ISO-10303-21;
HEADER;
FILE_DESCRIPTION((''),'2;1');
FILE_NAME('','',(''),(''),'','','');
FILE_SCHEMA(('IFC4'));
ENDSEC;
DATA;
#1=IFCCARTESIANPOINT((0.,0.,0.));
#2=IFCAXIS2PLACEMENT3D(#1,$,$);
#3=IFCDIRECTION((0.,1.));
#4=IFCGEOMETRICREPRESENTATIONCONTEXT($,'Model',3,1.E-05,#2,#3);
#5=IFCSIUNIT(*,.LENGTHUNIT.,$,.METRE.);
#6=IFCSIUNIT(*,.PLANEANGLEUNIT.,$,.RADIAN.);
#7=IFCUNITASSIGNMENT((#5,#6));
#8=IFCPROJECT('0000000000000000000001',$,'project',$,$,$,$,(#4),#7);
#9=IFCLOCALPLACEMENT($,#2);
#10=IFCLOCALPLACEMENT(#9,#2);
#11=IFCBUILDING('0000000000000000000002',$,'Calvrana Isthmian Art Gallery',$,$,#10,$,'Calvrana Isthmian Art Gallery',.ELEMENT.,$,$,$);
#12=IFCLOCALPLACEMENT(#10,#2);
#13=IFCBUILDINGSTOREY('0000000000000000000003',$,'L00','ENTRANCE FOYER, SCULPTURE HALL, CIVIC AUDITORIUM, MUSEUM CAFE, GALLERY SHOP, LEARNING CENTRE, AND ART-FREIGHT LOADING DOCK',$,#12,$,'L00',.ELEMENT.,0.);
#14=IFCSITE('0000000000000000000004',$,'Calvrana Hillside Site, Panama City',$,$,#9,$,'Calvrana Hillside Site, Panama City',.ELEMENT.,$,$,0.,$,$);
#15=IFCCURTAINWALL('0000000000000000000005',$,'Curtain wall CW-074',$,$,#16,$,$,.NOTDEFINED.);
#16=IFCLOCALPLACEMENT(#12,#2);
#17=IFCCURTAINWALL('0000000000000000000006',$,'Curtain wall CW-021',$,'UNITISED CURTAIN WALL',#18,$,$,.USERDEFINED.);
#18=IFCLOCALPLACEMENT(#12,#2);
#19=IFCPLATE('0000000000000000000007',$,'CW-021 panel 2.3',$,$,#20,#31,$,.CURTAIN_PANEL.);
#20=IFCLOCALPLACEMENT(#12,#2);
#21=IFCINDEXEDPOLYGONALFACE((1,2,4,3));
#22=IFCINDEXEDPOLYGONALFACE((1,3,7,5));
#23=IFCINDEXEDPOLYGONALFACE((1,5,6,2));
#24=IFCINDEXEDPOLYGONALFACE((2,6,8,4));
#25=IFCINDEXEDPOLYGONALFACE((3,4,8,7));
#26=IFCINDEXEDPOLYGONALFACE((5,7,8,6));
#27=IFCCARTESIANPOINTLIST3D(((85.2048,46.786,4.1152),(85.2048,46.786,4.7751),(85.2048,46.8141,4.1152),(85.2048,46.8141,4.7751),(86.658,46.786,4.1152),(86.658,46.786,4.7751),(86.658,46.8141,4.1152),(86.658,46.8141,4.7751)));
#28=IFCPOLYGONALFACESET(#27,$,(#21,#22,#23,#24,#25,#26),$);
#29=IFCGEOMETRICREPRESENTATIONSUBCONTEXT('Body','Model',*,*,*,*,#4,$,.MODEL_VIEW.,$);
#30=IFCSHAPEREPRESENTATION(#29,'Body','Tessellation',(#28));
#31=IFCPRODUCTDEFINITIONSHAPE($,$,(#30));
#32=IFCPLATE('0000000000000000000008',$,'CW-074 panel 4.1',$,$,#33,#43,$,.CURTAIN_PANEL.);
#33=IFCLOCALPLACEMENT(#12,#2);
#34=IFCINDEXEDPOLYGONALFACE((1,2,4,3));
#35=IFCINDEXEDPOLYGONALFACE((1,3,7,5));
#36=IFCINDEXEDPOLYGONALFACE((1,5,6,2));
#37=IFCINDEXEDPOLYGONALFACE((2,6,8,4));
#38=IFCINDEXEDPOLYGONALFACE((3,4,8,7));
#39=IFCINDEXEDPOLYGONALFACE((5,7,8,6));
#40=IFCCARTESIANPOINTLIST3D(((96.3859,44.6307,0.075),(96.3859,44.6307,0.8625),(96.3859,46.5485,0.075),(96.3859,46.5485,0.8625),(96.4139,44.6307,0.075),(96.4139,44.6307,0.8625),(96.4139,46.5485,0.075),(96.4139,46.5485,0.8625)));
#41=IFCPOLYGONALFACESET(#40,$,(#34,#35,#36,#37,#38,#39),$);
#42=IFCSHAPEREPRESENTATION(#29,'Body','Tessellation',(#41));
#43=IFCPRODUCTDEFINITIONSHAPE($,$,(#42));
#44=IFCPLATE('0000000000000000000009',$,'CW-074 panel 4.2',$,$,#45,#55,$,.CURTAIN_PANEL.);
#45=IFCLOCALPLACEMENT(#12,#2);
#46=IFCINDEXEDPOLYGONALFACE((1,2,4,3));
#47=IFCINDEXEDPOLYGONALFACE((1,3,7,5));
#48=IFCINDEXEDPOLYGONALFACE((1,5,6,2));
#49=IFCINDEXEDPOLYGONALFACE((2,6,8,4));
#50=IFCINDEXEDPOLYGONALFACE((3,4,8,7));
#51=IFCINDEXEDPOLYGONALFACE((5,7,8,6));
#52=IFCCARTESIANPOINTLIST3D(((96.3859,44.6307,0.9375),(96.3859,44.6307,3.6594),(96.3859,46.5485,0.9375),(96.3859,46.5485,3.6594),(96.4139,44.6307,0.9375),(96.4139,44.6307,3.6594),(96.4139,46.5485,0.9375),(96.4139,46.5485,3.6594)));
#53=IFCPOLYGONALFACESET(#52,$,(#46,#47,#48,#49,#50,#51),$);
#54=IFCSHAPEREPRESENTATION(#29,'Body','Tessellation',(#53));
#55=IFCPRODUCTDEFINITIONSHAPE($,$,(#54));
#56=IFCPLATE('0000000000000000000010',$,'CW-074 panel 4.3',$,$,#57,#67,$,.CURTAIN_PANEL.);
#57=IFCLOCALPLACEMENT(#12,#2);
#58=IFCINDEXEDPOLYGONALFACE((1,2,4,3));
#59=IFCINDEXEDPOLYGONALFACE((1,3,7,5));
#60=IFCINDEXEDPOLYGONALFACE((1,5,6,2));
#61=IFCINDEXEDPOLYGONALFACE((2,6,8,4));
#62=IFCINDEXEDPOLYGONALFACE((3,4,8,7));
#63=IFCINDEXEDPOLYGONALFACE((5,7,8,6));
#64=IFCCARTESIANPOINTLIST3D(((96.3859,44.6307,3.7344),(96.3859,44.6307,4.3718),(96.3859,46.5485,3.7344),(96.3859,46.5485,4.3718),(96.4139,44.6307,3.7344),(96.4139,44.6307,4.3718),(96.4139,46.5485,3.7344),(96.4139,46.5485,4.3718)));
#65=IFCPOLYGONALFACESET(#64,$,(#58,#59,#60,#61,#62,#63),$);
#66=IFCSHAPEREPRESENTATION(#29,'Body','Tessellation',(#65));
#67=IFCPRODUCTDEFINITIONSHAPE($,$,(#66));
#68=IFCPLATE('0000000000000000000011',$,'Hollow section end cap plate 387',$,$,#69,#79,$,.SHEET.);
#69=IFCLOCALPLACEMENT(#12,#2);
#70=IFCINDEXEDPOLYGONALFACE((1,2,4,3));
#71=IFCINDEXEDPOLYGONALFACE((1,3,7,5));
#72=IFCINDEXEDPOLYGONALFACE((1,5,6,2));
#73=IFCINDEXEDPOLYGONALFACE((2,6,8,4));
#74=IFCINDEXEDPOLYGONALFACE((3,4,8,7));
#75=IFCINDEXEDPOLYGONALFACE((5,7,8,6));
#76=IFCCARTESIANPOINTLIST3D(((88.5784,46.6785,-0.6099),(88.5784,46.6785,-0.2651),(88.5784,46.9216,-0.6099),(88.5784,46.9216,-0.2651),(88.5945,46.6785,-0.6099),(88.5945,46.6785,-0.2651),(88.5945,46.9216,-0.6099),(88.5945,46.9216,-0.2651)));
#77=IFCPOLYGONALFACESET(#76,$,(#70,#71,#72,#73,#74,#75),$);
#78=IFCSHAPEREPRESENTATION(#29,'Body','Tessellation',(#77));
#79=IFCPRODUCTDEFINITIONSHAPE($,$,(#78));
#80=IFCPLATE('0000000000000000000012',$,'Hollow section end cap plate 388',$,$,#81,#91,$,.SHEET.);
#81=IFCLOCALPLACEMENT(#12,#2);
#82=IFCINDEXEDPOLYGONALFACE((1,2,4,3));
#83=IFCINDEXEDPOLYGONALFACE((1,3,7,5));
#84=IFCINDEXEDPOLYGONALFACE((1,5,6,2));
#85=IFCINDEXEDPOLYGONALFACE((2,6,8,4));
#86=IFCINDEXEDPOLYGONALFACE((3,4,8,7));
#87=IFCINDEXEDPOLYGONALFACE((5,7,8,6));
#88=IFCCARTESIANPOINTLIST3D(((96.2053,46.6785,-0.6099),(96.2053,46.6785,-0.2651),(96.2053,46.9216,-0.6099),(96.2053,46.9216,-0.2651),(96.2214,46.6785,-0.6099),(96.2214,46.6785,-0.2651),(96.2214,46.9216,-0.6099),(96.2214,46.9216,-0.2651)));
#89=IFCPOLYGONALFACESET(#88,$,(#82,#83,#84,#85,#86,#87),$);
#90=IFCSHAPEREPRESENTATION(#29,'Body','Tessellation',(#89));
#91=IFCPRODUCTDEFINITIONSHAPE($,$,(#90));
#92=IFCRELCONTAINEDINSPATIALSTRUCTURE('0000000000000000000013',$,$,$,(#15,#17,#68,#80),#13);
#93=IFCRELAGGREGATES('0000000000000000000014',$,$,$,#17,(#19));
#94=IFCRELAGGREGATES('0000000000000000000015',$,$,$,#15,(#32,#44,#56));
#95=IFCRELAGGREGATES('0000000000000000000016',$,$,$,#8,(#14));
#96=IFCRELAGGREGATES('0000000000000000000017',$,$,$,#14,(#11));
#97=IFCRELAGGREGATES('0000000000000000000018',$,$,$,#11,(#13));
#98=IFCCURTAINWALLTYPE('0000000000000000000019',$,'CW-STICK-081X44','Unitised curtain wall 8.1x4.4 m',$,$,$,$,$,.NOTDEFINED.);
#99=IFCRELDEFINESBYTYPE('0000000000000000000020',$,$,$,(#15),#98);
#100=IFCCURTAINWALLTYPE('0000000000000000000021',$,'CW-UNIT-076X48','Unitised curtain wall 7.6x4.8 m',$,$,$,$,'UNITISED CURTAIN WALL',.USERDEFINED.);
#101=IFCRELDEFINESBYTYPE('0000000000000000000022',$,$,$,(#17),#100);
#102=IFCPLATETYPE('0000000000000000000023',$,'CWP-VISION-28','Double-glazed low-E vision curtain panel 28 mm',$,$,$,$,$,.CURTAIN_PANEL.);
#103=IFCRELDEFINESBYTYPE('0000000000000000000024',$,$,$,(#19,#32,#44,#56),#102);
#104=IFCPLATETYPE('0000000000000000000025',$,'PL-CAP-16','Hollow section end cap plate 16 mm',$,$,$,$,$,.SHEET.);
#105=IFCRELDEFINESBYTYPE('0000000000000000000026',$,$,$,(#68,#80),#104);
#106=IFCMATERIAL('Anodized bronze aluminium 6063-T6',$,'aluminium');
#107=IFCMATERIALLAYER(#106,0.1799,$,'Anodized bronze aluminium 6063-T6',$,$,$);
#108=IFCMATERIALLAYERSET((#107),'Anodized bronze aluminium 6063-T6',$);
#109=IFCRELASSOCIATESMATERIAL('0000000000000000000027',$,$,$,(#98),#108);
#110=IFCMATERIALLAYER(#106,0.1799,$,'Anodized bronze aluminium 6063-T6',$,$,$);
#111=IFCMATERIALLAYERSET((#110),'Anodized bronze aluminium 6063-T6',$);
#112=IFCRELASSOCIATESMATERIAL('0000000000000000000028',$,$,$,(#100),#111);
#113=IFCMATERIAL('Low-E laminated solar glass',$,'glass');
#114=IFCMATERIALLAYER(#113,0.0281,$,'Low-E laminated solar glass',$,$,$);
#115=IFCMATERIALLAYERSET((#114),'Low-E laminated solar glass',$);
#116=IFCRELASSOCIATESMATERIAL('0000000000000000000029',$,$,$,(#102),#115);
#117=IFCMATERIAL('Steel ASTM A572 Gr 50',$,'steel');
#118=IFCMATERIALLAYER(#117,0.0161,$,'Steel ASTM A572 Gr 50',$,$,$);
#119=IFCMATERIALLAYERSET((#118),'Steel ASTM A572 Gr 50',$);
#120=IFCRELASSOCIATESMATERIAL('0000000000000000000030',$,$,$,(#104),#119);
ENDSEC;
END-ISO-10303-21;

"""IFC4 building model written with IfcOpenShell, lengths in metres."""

from ifc_helpers import new_model, si_unit, direction, frame, origin, origin_2d, place, context, subcontext, project, spatial, rectangle, extrude, material, layer, layer_set, type_object, element, aggregate, save


model = new_model("IFC4")

# Units and contexts
model_context = context("Model", 3, precision=1e-05, world=origin(), true_north=direction((0.0, 1.0)))
body_context = subcontext(model_context, "Body", "Model", "MODEL_VIEW")
ifc_project = project(units=[si_unit("LENGTHUNIT", "METRE"), si_unit("PLANEANGLEUNIT", "RADIAN")], contexts=[model_context])

# Site, building, storey
site_placement = place(None, origin())
site = spatial("IfcSite", under=ifc_project, at=site_placement, Name="Calvrana Hillside Site, Panama City", LongName="Calvrana Hillside Site, Panama City", CompositionType="ELEMENT", RefElevation=0.0)
building_placement = place(site_placement, origin())
building = spatial("IfcBuilding", under=site, at=building_placement, Name="Calvrana Isthmian Art Gallery", LongName="Calvrana Isthmian Art Gallery", CompositionType="ELEMENT")
storey_placement = place(building_placement, origin())
storey = spatial("IfcBuildingStorey", under=building, at=storey_placement, Name="L00", Description="ENTRANCE FOYER, SCULPTURE HALL, CIVIC AUDITORIUM, MUSEUM CAFE, GALLERY SHOP, LEARNING CENTRE, AND ART-FREIGHT LOADING DOCK", LongName="L00", CompositionType="ELEMENT", Elevation=0.0)

# Curtain walls
ifc_material_1 = material(Name="Anodized bronze aluminium 6063-T6", Category="aluminium")
ifc_layer_1 = layer(ifc_material_1, 0.1799, Name="Anodized bronze aluminium 6063-T6")
ifc_layer_set_1 = layer_set([ifc_layer_1], Name="Anodized bronze aluminium 6063-T6")
curtain_wall_type_1 = type_object("IfcCurtainWallType", Name="CW-STICK-081X44", Description="Unitised curtain wall 8.1x4.4 m", PredefinedType="NOTDEFINED", material=ifc_layer_set_1)
curtain_wall_1_placement = place(storey_placement, origin())
curtain_wall_1 = element("IfcCurtainWall", 1, at=curtain_wall_1_placement, inside=storey, type_object=curtain_wall_type_1, Name="Curtain wall CW-074", PredefinedType="NOTDEFINED")
ifc_layer_2 = layer(ifc_material_1, 0.1799, Name="Anodized bronze aluminium 6063-T6")
ifc_layer_set_2 = layer_set([ifc_layer_2], Name="Anodized bronze aluminium 6063-T6")
curtain_wall_type_2 = type_object("IfcCurtainWallType", Name="CW-UNIT-076X48", Description="Unitised curtain wall 7.6x4.8 m", ElementType="UNITISED CURTAIN WALL", PredefinedType="USERDEFINED", material=ifc_layer_set_2)
curtain_wall_2_placement = place(storey_placement, origin())
curtain_wall_2 = element("IfcCurtainWall", 2, at=curtain_wall_2_placement, inside=storey, type_object=curtain_wall_type_2, Name="Curtain wall CW-021", ObjectType="UNITISED CURTAIN WALL", PredefinedType="USERDEFINED")

# Plates
ifc_material_2 = material(Name="Low-E laminated solar glass", Category="glass")
ifc_layer_3 = layer(ifc_material_2, 0.0281, Name="Low-E laminated solar glass")
ifc_layer_set_3 = layer_set([ifc_layer_3], Name="Low-E laminated solar glass")
plate_type_1 = type_object("IfcPlateType", Name="CWP-VISION-28", Description="Double-glazed low-E vision curtain panel 28 mm", PredefinedType="CURTAIN_PANEL", material=ifc_layer_set_3)
plate_1_placement = place(storey_placement, frame((85.9314, 46.8, 4.1152), z_axis=(0.0, 0.0, 1.0), x_axis=(-1.0, 0.0, 0.0)))
plate_1 = element("IfcPlate", 3, at=plate_1_placement, type_object=plate_type_1, Name="CW-021 panel 2.3", PredefinedType="CURTAIN_PANEL", context=body_context, shape_type="SweptSolid", body=[
    extrude(rectangle(XDim=1.4531, YDim=0.0281, at=origin_2d()), origin(), (0.0, 0.0, 1.0), 0.6599),
])
aggregate(curtain_wall_2, [plate_1])
plate_2_placement = place(storey_placement, frame((96.3999, 45.5896, 0.075), z_axis=(0.0, 0.0, 1.0), x_axis=(0.0, 1.0, 0.0)))
plate_2 = element("IfcPlate", 4, at=plate_2_placement, type_object=plate_type_1, Name="CW-074 panel 4.1", PredefinedType="CURTAIN_PANEL", context=body_context, shape_type="SweptSolid", body=[
    extrude(rectangle(XDim=1.9177, YDim=0.0281, at=origin_2d()), origin(), (0.0, 0.0, 1.0), 0.7876),
])
plate_3_placement = place(storey_placement, frame((96.3999, 45.5896, 0.9375), z_axis=(0.0, 0.0, 1.0), x_axis=(0.0, 1.0, 0.0)))
plate_3 = element("IfcPlate", 5, at=plate_3_placement, type_object=plate_type_1, Name="CW-074 panel 4.2", PredefinedType="CURTAIN_PANEL", context=body_context, shape_type="SweptSolid", body=[
    extrude(rectangle(XDim=1.9177, YDim=0.0281, at=origin_2d()), origin(), (0.0, 0.0, 1.0), 2.7219),
])
plate_4_placement = place(storey_placement, frame((96.3999, 45.5896, 3.7344), z_axis=(0.0, 0.0, 1.0), x_axis=(0.0, 1.0, 0.0)))
plate_4 = element("IfcPlate", 6, at=plate_4_placement, type_object=plate_type_1, Name="CW-074 panel 4.3", PredefinedType="CURTAIN_PANEL", context=body_context, shape_type="SweptSolid", body=[
    extrude(rectangle(XDim=1.9177, YDim=0.0281, at=origin_2d()), origin(), (0.0, 0.0, 1.0), 0.6375),
])
aggregate(curtain_wall_1, [plate_2, plate_3, plate_4])

# Plates
ifc_material_3 = material(Name="Steel ASTM A572 Gr 50", Category="steel")
ifc_layer_4 = layer(ifc_material_3, 0.0161, Name="Steel ASTM A572 Gr 50")
ifc_layer_set_4 = layer_set([ifc_layer_4], Name="Steel ASTM A572 Gr 50")
plate_type_2 = type_object("IfcPlateType", Name="PL-CAP-16", Description="Hollow section end cap plate 16 mm", PredefinedType="SHEET", material=ifc_layer_set_4)
for number, where, z_axis, x_axis, name in (
    (7, (88.5864, 46.8, -0.6099), (0.0, 0.0, 1.0), (1.0, 0.0, 0.0), "Hollow section end cap plate 387"),
    (8, (96.2134, 46.8, -0.6099), (0.0, 0.0, 1.0), (1.0, 0.0, 0.0), "Hollow section end cap plate 388"),
):
    element("IfcPlate", number, at=place(storey_placement, frame(where, z_axis=z_axis, x_axis=x_axis)), inside=storey, type_object=plate_type_2, Name=name, PredefinedType="SHEET", context=body_context, shape_type="SweptSolid", body=[
        extrude(rectangle(XDim=0.0161, YDim=0.2432, at=origin_2d()), origin(), (0.0, 0.0, 1.0), 0.3447),
    ])

save(model, "model.ifc")
